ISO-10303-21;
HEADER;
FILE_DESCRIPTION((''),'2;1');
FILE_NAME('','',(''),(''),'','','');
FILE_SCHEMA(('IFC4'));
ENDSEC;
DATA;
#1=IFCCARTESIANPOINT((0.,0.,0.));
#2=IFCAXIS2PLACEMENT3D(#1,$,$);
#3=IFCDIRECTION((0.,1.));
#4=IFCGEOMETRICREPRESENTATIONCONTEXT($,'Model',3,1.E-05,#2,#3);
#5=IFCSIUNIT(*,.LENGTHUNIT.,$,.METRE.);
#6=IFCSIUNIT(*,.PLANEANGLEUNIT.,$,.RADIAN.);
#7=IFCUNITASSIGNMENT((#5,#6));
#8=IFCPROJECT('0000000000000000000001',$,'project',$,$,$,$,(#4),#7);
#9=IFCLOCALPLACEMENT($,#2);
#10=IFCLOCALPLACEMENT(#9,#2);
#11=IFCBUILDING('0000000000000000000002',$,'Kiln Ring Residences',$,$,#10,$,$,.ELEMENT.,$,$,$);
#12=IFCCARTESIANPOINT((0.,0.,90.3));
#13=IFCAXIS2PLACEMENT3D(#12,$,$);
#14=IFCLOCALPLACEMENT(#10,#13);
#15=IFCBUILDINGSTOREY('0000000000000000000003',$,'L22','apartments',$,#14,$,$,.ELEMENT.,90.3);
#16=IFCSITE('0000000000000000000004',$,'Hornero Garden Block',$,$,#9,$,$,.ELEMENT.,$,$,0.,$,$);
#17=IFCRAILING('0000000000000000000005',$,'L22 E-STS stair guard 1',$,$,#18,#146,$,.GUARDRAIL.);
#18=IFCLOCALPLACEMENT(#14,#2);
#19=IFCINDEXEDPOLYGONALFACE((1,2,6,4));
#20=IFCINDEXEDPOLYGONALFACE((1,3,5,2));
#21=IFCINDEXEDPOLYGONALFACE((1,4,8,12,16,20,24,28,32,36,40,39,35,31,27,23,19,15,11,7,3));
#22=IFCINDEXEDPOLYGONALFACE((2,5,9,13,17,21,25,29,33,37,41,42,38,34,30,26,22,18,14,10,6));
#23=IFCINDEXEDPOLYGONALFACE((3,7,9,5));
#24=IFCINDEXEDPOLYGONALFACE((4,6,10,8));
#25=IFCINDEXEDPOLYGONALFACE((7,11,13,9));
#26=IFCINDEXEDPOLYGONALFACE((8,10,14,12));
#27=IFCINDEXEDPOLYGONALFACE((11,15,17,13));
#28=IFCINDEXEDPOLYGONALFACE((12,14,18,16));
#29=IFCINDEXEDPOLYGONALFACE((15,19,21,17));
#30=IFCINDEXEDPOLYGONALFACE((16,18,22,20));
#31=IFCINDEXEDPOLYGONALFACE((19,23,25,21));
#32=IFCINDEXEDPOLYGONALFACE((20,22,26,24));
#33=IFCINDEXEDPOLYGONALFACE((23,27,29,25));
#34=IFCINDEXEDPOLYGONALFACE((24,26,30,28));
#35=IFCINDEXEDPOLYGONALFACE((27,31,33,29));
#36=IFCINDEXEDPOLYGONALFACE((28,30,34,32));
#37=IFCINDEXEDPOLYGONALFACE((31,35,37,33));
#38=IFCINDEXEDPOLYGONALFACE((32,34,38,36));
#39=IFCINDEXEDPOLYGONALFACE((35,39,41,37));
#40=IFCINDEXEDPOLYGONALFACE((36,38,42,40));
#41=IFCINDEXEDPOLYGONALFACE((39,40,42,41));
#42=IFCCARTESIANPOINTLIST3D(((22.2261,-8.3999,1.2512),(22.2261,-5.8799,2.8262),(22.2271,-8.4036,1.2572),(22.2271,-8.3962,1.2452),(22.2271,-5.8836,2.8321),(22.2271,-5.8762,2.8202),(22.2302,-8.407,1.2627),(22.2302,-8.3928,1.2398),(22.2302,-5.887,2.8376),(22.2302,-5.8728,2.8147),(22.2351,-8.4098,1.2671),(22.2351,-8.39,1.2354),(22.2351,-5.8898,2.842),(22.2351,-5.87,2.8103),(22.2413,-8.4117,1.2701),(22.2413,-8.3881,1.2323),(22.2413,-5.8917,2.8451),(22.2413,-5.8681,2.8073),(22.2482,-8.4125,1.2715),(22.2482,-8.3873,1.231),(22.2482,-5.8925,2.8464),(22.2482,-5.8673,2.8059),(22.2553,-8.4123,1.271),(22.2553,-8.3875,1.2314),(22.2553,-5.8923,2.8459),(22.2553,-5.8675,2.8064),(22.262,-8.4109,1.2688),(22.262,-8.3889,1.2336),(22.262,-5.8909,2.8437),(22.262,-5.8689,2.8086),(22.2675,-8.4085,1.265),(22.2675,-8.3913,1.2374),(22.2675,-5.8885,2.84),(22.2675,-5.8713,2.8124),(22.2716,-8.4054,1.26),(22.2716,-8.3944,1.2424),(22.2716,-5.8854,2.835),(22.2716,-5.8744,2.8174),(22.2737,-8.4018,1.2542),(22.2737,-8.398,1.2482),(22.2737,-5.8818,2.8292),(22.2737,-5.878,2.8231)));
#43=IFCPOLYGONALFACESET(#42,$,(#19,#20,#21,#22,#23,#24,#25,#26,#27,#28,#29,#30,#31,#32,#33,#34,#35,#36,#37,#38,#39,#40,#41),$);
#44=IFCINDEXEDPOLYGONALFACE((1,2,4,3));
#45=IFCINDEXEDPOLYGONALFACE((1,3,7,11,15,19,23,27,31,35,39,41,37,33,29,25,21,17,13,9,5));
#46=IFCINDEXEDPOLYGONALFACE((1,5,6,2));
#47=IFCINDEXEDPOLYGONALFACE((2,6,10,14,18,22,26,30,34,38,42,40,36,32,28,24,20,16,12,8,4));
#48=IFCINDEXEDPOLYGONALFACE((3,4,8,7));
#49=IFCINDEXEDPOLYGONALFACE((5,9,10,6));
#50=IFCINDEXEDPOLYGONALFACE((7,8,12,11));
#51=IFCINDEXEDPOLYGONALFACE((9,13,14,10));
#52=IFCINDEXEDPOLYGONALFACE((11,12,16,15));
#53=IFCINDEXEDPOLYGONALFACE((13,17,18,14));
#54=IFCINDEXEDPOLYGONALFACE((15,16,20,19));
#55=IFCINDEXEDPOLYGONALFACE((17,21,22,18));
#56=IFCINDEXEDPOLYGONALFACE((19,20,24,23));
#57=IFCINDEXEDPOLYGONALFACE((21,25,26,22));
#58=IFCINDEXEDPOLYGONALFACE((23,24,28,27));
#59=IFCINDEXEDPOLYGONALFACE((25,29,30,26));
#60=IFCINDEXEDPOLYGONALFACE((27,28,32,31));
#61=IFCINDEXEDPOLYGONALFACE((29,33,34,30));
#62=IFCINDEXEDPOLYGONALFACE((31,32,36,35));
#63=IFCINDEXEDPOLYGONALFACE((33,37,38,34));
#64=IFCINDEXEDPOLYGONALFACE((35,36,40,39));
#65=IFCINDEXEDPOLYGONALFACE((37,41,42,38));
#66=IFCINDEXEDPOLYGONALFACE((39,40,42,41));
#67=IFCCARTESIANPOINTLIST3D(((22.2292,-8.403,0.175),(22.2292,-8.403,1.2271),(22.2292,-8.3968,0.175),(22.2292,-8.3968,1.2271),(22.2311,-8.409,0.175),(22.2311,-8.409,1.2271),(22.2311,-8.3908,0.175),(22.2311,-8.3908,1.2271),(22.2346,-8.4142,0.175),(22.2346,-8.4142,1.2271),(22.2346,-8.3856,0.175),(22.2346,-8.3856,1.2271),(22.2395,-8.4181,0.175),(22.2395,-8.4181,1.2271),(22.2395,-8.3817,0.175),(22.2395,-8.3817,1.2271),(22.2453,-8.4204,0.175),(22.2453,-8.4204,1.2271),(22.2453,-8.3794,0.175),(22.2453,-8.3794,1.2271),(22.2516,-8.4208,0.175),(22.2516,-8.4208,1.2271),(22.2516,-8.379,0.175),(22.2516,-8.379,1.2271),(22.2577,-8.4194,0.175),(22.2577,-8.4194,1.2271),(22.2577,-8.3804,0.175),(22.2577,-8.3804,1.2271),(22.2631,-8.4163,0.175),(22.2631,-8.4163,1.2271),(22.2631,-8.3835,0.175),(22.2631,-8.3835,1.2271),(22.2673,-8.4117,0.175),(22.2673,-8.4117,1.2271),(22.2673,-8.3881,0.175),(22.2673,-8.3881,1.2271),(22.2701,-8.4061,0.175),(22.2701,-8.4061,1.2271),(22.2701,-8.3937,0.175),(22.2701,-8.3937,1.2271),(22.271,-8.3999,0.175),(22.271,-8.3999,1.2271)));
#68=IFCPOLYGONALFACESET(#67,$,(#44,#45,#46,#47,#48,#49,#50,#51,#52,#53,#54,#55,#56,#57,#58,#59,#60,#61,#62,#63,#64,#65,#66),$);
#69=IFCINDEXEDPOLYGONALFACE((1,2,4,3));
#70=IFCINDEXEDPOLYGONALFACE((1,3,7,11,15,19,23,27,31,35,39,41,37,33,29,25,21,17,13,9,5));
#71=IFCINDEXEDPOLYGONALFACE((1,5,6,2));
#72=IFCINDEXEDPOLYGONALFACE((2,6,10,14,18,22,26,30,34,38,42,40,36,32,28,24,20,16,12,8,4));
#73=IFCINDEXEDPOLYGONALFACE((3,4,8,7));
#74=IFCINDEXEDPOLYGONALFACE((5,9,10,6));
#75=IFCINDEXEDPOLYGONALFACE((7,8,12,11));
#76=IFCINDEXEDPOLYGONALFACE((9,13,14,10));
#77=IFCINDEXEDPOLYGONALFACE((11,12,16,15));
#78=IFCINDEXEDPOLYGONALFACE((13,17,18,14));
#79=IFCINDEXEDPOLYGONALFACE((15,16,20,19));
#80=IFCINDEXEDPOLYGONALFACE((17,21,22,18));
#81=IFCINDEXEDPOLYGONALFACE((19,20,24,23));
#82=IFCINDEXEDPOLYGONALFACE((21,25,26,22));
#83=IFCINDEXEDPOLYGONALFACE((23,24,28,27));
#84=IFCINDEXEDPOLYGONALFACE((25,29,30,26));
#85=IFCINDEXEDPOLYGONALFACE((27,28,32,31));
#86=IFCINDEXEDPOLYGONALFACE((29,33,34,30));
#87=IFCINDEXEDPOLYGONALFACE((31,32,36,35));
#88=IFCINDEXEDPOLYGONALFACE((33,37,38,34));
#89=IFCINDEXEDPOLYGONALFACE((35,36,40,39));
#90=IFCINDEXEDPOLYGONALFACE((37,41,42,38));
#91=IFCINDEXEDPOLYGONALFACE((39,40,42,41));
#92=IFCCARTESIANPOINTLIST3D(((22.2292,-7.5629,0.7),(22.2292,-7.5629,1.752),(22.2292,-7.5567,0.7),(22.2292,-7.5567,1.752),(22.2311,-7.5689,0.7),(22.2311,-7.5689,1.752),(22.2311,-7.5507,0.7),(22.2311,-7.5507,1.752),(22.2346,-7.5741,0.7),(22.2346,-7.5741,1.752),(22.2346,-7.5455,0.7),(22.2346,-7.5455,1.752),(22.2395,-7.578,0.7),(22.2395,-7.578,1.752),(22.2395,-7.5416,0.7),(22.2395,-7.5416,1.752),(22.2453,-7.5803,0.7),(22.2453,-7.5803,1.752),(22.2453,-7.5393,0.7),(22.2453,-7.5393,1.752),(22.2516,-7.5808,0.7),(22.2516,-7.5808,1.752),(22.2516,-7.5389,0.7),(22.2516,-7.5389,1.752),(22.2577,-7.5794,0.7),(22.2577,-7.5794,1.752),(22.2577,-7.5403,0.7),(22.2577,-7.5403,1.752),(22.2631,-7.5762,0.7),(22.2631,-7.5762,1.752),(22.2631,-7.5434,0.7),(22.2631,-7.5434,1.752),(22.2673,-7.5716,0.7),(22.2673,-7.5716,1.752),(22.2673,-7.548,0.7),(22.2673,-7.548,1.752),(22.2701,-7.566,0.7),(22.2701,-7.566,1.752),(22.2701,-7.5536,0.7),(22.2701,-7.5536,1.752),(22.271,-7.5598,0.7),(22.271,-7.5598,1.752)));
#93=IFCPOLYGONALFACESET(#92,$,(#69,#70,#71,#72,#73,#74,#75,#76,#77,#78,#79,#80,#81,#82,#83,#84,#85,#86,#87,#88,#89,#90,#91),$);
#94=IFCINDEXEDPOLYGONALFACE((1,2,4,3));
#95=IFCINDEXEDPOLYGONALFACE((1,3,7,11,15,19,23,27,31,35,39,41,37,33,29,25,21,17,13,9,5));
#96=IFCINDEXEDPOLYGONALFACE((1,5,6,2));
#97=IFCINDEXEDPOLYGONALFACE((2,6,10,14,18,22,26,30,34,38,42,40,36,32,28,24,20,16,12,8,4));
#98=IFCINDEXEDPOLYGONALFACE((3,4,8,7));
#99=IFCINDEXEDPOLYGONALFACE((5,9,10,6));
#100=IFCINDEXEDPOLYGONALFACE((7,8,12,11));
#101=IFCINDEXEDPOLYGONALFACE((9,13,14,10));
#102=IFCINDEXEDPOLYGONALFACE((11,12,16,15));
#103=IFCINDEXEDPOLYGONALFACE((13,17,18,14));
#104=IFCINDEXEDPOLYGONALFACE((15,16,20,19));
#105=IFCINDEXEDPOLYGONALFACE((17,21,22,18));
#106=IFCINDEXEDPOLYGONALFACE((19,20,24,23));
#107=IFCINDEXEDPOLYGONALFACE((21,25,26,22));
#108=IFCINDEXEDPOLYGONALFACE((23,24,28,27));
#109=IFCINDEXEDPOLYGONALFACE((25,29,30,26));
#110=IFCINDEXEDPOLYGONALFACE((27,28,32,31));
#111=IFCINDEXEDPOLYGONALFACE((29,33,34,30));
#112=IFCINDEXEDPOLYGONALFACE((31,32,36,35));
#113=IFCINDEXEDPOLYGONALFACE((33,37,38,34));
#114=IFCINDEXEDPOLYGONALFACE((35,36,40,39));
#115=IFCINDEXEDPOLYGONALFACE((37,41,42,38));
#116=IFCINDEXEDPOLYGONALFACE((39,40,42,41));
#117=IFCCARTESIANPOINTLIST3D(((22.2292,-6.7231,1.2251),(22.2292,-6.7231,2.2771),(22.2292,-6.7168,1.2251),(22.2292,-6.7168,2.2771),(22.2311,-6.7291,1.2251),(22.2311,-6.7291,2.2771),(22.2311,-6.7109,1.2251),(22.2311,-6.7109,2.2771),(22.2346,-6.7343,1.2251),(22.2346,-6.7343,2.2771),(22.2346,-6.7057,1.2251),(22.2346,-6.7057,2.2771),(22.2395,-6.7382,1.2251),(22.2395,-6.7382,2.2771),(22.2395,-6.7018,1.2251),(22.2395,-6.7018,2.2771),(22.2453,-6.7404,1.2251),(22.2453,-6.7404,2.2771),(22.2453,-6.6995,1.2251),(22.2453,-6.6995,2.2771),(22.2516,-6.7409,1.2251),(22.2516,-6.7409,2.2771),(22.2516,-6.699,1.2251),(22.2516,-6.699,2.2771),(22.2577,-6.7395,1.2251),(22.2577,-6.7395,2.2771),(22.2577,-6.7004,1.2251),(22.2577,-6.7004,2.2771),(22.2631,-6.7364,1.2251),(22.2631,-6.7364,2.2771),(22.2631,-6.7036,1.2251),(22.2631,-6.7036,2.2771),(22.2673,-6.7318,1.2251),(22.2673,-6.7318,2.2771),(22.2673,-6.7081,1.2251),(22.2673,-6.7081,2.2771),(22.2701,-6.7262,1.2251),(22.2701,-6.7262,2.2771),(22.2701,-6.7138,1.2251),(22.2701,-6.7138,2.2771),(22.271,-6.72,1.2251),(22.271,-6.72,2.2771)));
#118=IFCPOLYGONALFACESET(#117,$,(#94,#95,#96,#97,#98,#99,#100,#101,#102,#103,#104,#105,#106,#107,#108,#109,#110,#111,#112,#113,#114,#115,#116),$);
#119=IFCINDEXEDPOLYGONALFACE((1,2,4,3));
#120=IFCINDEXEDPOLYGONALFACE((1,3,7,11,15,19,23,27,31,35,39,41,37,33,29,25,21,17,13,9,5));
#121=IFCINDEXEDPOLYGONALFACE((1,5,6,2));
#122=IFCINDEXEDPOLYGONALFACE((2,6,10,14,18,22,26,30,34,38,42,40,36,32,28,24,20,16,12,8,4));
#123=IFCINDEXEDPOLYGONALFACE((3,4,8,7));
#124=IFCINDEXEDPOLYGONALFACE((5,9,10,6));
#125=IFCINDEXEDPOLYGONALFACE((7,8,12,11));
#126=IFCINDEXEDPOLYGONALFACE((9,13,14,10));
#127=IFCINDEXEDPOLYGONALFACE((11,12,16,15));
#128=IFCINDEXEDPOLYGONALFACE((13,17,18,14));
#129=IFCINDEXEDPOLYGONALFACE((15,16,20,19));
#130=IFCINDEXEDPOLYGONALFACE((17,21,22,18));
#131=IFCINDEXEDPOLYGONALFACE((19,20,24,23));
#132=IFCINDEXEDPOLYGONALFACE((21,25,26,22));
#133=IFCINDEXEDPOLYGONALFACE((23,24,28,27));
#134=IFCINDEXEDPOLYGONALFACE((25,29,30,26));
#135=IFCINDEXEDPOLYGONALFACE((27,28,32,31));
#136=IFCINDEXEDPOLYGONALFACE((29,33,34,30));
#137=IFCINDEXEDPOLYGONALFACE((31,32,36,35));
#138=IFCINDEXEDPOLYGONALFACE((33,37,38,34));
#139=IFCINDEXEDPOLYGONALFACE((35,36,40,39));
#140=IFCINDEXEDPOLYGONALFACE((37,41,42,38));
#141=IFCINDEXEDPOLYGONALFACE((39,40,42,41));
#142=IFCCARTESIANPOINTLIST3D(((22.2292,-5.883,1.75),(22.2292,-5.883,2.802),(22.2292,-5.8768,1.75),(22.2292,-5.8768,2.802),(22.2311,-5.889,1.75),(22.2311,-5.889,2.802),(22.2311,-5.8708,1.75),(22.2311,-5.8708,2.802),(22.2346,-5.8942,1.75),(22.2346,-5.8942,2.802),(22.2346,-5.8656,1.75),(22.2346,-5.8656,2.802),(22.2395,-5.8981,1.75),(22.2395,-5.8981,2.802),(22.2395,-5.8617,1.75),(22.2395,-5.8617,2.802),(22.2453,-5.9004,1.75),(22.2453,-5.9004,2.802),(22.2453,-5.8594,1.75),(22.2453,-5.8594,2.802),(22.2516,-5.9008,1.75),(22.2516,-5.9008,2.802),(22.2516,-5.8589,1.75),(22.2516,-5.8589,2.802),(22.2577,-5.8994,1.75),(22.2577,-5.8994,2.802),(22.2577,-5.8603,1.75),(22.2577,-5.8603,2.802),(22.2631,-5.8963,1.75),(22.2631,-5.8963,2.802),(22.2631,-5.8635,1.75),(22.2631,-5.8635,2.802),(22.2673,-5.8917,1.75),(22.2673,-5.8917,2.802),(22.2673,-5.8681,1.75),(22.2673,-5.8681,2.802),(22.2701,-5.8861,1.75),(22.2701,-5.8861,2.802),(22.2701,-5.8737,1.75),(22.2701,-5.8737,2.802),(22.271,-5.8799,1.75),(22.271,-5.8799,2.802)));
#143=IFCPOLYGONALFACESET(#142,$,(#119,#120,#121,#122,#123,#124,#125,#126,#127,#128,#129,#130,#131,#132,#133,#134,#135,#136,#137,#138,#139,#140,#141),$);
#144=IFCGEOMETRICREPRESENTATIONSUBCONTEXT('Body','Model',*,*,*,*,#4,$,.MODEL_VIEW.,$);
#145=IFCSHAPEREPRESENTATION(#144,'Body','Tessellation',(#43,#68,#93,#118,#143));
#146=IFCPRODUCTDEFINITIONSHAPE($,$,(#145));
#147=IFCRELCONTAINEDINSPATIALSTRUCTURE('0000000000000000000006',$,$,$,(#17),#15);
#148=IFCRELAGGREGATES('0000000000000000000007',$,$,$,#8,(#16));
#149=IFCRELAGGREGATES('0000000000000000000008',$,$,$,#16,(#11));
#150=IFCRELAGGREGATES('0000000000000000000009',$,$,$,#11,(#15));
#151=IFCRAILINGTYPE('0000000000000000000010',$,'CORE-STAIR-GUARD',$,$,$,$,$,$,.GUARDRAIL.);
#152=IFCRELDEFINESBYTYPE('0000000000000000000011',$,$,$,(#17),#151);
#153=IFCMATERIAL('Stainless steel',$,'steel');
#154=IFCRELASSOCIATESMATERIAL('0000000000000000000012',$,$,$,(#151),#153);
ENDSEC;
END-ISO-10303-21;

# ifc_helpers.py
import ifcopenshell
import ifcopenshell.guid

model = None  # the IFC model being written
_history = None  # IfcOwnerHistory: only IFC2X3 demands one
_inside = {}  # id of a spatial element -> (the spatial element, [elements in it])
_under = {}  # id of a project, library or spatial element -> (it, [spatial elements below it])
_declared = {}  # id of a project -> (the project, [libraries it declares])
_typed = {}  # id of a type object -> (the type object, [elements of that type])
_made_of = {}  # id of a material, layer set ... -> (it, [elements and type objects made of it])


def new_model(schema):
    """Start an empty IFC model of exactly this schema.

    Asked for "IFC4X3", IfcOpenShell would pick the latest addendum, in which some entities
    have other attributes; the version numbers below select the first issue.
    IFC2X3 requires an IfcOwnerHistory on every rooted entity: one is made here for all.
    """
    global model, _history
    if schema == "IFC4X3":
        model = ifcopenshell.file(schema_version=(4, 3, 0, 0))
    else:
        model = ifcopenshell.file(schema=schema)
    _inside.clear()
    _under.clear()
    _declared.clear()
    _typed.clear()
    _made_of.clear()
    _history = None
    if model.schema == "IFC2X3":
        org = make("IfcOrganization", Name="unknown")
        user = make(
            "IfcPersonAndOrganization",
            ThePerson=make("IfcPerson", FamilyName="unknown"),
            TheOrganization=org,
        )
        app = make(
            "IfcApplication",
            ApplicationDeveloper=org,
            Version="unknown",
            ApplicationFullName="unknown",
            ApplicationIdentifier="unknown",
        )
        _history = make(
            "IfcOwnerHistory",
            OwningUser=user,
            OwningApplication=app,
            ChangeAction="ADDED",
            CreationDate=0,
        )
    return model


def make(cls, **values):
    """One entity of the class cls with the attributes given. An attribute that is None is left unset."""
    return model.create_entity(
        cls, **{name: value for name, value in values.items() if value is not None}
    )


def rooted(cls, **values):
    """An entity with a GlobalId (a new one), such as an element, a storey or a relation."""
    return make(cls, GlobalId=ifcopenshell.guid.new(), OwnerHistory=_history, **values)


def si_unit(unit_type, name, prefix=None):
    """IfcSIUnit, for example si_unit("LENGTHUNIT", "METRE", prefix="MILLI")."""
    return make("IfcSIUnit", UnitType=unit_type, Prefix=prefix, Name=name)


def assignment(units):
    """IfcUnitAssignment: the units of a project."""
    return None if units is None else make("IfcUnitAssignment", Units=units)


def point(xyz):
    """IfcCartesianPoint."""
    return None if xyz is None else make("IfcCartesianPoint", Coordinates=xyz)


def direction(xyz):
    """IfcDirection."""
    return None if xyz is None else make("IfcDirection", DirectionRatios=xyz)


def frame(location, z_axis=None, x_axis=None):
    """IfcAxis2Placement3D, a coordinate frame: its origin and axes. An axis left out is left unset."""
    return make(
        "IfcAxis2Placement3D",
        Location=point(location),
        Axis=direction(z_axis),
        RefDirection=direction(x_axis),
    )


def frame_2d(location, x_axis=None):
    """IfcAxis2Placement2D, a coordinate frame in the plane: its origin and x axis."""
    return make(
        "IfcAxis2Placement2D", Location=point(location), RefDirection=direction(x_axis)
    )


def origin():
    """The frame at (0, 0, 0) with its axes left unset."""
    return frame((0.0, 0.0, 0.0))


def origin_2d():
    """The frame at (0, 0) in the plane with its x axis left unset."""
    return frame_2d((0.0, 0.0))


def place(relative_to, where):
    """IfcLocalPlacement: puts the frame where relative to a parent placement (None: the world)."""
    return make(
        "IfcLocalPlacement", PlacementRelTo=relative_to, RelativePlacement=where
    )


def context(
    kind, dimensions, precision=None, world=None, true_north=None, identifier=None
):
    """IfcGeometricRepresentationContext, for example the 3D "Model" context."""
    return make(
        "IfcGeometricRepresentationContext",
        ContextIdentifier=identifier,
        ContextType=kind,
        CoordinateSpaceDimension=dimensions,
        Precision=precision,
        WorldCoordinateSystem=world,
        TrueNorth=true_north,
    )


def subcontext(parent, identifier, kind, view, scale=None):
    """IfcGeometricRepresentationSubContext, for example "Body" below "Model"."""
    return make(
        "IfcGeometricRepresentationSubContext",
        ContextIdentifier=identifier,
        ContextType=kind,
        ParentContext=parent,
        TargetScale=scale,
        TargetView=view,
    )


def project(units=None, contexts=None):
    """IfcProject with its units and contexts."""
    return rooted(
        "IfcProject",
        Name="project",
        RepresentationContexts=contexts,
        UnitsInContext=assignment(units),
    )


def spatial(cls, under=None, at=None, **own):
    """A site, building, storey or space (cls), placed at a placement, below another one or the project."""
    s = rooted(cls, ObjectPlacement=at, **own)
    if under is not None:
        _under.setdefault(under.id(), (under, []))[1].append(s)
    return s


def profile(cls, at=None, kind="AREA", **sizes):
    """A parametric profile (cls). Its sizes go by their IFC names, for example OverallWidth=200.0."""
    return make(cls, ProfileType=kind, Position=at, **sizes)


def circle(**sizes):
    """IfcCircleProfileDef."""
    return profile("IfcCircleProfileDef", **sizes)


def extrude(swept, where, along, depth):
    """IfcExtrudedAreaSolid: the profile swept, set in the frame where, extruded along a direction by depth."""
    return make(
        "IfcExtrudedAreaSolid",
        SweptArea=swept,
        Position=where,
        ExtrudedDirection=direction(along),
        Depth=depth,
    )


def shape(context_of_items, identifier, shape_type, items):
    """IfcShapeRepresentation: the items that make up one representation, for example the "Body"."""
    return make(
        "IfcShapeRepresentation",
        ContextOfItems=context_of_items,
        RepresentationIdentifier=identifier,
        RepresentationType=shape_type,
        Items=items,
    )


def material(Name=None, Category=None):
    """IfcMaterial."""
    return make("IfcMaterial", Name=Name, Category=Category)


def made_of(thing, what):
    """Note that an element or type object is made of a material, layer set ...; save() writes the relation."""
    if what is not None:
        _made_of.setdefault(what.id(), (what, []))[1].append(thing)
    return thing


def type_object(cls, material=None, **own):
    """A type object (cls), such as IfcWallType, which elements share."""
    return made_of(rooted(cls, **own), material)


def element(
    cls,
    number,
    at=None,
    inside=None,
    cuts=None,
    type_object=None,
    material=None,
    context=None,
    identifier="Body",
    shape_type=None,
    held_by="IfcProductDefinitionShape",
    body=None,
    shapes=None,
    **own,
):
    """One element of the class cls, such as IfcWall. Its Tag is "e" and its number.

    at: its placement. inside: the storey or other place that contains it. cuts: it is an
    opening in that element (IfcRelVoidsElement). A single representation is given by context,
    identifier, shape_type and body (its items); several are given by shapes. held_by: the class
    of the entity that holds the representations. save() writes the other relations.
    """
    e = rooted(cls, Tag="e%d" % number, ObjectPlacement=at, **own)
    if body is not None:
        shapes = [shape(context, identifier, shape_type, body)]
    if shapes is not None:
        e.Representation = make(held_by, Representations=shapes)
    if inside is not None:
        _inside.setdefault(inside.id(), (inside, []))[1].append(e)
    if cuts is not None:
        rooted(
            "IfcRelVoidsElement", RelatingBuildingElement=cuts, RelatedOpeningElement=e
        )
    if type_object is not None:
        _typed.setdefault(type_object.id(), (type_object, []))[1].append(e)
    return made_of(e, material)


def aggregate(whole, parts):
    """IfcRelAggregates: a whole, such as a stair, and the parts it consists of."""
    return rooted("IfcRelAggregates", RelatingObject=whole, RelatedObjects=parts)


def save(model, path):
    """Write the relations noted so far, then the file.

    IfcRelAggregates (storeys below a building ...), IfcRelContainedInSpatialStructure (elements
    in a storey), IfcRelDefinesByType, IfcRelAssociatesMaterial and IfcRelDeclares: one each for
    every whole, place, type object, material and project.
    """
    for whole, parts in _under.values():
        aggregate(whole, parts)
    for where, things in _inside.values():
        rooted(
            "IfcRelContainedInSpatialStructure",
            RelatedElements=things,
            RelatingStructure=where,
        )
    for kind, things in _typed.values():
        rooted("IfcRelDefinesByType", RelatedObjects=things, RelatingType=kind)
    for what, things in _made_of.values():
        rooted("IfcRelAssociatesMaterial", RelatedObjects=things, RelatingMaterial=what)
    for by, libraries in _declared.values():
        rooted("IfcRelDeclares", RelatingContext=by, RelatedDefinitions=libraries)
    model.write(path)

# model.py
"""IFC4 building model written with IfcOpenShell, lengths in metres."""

from ifc_helpers import new_model, si_unit, direction, frame, origin, origin_2d, place, context, subcontext, project, spatial, circle, extrude, material, type_object, element, save


model = new_model("IFC4")

# Units and contexts
model_context = context("Model", 3, precision=1e-05, world=origin(), true_north=direction((0.0, 1.0)))
body_context = subcontext(model_context, "Body", "Model", "MODEL_VIEW")
ifc_project = project(units=[si_unit("LENGTHUNIT", "METRE"), si_unit("PLANEANGLEUNIT", "RADIAN")], contexts=[model_context])

# Site, building, storey
site_placement = place(None, origin())
site = spatial("IfcSite", under=ifc_project, at=site_placement, Name="Hornero Garden Block", CompositionType="ELEMENT", RefElevation=0.0)
building_placement = place(site_placement, origin())
building = spatial("IfcBuilding", under=site, at=building_placement, Name="Kiln Ring Residences", CompositionType="ELEMENT")
storey_placement = place(building_placement, frame((0.0, 0.0, 90.3)))
storey = spatial("IfcBuildingStorey", under=building, at=storey_placement, Name="L22", Description="apartments", CompositionType="ELEMENT", Elevation=90.3)

# Railing
ifc_material_1 = material(Name="Stainless steel", Category="steel")
railing_type_1 = type_object("IfcRailingType", Name="CORE-STAIR-GUARD", PredefinedType="GUARDRAIL", material=ifc_material_1)
railing_1_placement = place(storey_placement, frame((22.25, -8.3999, 0.175)))
element("IfcRailing", 1, at=railing_1_placement, inside=storey, type_object=railing_type_1, Name="L22 E-STS stair guard 1", PredefinedType="GUARDRAIL", context=body_context, shape_type="SweptSolid", body=[
    extrude(circle(Radius=0.0239, at=origin_2d()), frame((0.0, 0.0, 1.0762), z_axis=(0.0, 0.848008, 0.529984), x_axis=(-1.0, 0.0, 0.0)), (0.0, 0.0, 1.0), 2.9717),
    extrude(circle(Radius=0.021, at=origin_2d()), origin(), (0.0, 0.0, 1.0), 1.052),
    extrude(circle(Radius=0.021, at=origin_2d()), frame((0.0, 0.8401, 0.5249)), (0.0, 0.0, 1.0), 1.052),
    extrude(circle(Radius=0.021, at=origin_2d()), frame((0.0, 1.6799, 1.05)), (0.0, 0.0, 1.0), 1.052),
    extrude(circle(Radius=0.021, at=origin_2d()), frame((0.0, 2.52, 1.575)), (0.0, 0.0, 1.0), 1.052),
])

save(model, "model.ifc")
